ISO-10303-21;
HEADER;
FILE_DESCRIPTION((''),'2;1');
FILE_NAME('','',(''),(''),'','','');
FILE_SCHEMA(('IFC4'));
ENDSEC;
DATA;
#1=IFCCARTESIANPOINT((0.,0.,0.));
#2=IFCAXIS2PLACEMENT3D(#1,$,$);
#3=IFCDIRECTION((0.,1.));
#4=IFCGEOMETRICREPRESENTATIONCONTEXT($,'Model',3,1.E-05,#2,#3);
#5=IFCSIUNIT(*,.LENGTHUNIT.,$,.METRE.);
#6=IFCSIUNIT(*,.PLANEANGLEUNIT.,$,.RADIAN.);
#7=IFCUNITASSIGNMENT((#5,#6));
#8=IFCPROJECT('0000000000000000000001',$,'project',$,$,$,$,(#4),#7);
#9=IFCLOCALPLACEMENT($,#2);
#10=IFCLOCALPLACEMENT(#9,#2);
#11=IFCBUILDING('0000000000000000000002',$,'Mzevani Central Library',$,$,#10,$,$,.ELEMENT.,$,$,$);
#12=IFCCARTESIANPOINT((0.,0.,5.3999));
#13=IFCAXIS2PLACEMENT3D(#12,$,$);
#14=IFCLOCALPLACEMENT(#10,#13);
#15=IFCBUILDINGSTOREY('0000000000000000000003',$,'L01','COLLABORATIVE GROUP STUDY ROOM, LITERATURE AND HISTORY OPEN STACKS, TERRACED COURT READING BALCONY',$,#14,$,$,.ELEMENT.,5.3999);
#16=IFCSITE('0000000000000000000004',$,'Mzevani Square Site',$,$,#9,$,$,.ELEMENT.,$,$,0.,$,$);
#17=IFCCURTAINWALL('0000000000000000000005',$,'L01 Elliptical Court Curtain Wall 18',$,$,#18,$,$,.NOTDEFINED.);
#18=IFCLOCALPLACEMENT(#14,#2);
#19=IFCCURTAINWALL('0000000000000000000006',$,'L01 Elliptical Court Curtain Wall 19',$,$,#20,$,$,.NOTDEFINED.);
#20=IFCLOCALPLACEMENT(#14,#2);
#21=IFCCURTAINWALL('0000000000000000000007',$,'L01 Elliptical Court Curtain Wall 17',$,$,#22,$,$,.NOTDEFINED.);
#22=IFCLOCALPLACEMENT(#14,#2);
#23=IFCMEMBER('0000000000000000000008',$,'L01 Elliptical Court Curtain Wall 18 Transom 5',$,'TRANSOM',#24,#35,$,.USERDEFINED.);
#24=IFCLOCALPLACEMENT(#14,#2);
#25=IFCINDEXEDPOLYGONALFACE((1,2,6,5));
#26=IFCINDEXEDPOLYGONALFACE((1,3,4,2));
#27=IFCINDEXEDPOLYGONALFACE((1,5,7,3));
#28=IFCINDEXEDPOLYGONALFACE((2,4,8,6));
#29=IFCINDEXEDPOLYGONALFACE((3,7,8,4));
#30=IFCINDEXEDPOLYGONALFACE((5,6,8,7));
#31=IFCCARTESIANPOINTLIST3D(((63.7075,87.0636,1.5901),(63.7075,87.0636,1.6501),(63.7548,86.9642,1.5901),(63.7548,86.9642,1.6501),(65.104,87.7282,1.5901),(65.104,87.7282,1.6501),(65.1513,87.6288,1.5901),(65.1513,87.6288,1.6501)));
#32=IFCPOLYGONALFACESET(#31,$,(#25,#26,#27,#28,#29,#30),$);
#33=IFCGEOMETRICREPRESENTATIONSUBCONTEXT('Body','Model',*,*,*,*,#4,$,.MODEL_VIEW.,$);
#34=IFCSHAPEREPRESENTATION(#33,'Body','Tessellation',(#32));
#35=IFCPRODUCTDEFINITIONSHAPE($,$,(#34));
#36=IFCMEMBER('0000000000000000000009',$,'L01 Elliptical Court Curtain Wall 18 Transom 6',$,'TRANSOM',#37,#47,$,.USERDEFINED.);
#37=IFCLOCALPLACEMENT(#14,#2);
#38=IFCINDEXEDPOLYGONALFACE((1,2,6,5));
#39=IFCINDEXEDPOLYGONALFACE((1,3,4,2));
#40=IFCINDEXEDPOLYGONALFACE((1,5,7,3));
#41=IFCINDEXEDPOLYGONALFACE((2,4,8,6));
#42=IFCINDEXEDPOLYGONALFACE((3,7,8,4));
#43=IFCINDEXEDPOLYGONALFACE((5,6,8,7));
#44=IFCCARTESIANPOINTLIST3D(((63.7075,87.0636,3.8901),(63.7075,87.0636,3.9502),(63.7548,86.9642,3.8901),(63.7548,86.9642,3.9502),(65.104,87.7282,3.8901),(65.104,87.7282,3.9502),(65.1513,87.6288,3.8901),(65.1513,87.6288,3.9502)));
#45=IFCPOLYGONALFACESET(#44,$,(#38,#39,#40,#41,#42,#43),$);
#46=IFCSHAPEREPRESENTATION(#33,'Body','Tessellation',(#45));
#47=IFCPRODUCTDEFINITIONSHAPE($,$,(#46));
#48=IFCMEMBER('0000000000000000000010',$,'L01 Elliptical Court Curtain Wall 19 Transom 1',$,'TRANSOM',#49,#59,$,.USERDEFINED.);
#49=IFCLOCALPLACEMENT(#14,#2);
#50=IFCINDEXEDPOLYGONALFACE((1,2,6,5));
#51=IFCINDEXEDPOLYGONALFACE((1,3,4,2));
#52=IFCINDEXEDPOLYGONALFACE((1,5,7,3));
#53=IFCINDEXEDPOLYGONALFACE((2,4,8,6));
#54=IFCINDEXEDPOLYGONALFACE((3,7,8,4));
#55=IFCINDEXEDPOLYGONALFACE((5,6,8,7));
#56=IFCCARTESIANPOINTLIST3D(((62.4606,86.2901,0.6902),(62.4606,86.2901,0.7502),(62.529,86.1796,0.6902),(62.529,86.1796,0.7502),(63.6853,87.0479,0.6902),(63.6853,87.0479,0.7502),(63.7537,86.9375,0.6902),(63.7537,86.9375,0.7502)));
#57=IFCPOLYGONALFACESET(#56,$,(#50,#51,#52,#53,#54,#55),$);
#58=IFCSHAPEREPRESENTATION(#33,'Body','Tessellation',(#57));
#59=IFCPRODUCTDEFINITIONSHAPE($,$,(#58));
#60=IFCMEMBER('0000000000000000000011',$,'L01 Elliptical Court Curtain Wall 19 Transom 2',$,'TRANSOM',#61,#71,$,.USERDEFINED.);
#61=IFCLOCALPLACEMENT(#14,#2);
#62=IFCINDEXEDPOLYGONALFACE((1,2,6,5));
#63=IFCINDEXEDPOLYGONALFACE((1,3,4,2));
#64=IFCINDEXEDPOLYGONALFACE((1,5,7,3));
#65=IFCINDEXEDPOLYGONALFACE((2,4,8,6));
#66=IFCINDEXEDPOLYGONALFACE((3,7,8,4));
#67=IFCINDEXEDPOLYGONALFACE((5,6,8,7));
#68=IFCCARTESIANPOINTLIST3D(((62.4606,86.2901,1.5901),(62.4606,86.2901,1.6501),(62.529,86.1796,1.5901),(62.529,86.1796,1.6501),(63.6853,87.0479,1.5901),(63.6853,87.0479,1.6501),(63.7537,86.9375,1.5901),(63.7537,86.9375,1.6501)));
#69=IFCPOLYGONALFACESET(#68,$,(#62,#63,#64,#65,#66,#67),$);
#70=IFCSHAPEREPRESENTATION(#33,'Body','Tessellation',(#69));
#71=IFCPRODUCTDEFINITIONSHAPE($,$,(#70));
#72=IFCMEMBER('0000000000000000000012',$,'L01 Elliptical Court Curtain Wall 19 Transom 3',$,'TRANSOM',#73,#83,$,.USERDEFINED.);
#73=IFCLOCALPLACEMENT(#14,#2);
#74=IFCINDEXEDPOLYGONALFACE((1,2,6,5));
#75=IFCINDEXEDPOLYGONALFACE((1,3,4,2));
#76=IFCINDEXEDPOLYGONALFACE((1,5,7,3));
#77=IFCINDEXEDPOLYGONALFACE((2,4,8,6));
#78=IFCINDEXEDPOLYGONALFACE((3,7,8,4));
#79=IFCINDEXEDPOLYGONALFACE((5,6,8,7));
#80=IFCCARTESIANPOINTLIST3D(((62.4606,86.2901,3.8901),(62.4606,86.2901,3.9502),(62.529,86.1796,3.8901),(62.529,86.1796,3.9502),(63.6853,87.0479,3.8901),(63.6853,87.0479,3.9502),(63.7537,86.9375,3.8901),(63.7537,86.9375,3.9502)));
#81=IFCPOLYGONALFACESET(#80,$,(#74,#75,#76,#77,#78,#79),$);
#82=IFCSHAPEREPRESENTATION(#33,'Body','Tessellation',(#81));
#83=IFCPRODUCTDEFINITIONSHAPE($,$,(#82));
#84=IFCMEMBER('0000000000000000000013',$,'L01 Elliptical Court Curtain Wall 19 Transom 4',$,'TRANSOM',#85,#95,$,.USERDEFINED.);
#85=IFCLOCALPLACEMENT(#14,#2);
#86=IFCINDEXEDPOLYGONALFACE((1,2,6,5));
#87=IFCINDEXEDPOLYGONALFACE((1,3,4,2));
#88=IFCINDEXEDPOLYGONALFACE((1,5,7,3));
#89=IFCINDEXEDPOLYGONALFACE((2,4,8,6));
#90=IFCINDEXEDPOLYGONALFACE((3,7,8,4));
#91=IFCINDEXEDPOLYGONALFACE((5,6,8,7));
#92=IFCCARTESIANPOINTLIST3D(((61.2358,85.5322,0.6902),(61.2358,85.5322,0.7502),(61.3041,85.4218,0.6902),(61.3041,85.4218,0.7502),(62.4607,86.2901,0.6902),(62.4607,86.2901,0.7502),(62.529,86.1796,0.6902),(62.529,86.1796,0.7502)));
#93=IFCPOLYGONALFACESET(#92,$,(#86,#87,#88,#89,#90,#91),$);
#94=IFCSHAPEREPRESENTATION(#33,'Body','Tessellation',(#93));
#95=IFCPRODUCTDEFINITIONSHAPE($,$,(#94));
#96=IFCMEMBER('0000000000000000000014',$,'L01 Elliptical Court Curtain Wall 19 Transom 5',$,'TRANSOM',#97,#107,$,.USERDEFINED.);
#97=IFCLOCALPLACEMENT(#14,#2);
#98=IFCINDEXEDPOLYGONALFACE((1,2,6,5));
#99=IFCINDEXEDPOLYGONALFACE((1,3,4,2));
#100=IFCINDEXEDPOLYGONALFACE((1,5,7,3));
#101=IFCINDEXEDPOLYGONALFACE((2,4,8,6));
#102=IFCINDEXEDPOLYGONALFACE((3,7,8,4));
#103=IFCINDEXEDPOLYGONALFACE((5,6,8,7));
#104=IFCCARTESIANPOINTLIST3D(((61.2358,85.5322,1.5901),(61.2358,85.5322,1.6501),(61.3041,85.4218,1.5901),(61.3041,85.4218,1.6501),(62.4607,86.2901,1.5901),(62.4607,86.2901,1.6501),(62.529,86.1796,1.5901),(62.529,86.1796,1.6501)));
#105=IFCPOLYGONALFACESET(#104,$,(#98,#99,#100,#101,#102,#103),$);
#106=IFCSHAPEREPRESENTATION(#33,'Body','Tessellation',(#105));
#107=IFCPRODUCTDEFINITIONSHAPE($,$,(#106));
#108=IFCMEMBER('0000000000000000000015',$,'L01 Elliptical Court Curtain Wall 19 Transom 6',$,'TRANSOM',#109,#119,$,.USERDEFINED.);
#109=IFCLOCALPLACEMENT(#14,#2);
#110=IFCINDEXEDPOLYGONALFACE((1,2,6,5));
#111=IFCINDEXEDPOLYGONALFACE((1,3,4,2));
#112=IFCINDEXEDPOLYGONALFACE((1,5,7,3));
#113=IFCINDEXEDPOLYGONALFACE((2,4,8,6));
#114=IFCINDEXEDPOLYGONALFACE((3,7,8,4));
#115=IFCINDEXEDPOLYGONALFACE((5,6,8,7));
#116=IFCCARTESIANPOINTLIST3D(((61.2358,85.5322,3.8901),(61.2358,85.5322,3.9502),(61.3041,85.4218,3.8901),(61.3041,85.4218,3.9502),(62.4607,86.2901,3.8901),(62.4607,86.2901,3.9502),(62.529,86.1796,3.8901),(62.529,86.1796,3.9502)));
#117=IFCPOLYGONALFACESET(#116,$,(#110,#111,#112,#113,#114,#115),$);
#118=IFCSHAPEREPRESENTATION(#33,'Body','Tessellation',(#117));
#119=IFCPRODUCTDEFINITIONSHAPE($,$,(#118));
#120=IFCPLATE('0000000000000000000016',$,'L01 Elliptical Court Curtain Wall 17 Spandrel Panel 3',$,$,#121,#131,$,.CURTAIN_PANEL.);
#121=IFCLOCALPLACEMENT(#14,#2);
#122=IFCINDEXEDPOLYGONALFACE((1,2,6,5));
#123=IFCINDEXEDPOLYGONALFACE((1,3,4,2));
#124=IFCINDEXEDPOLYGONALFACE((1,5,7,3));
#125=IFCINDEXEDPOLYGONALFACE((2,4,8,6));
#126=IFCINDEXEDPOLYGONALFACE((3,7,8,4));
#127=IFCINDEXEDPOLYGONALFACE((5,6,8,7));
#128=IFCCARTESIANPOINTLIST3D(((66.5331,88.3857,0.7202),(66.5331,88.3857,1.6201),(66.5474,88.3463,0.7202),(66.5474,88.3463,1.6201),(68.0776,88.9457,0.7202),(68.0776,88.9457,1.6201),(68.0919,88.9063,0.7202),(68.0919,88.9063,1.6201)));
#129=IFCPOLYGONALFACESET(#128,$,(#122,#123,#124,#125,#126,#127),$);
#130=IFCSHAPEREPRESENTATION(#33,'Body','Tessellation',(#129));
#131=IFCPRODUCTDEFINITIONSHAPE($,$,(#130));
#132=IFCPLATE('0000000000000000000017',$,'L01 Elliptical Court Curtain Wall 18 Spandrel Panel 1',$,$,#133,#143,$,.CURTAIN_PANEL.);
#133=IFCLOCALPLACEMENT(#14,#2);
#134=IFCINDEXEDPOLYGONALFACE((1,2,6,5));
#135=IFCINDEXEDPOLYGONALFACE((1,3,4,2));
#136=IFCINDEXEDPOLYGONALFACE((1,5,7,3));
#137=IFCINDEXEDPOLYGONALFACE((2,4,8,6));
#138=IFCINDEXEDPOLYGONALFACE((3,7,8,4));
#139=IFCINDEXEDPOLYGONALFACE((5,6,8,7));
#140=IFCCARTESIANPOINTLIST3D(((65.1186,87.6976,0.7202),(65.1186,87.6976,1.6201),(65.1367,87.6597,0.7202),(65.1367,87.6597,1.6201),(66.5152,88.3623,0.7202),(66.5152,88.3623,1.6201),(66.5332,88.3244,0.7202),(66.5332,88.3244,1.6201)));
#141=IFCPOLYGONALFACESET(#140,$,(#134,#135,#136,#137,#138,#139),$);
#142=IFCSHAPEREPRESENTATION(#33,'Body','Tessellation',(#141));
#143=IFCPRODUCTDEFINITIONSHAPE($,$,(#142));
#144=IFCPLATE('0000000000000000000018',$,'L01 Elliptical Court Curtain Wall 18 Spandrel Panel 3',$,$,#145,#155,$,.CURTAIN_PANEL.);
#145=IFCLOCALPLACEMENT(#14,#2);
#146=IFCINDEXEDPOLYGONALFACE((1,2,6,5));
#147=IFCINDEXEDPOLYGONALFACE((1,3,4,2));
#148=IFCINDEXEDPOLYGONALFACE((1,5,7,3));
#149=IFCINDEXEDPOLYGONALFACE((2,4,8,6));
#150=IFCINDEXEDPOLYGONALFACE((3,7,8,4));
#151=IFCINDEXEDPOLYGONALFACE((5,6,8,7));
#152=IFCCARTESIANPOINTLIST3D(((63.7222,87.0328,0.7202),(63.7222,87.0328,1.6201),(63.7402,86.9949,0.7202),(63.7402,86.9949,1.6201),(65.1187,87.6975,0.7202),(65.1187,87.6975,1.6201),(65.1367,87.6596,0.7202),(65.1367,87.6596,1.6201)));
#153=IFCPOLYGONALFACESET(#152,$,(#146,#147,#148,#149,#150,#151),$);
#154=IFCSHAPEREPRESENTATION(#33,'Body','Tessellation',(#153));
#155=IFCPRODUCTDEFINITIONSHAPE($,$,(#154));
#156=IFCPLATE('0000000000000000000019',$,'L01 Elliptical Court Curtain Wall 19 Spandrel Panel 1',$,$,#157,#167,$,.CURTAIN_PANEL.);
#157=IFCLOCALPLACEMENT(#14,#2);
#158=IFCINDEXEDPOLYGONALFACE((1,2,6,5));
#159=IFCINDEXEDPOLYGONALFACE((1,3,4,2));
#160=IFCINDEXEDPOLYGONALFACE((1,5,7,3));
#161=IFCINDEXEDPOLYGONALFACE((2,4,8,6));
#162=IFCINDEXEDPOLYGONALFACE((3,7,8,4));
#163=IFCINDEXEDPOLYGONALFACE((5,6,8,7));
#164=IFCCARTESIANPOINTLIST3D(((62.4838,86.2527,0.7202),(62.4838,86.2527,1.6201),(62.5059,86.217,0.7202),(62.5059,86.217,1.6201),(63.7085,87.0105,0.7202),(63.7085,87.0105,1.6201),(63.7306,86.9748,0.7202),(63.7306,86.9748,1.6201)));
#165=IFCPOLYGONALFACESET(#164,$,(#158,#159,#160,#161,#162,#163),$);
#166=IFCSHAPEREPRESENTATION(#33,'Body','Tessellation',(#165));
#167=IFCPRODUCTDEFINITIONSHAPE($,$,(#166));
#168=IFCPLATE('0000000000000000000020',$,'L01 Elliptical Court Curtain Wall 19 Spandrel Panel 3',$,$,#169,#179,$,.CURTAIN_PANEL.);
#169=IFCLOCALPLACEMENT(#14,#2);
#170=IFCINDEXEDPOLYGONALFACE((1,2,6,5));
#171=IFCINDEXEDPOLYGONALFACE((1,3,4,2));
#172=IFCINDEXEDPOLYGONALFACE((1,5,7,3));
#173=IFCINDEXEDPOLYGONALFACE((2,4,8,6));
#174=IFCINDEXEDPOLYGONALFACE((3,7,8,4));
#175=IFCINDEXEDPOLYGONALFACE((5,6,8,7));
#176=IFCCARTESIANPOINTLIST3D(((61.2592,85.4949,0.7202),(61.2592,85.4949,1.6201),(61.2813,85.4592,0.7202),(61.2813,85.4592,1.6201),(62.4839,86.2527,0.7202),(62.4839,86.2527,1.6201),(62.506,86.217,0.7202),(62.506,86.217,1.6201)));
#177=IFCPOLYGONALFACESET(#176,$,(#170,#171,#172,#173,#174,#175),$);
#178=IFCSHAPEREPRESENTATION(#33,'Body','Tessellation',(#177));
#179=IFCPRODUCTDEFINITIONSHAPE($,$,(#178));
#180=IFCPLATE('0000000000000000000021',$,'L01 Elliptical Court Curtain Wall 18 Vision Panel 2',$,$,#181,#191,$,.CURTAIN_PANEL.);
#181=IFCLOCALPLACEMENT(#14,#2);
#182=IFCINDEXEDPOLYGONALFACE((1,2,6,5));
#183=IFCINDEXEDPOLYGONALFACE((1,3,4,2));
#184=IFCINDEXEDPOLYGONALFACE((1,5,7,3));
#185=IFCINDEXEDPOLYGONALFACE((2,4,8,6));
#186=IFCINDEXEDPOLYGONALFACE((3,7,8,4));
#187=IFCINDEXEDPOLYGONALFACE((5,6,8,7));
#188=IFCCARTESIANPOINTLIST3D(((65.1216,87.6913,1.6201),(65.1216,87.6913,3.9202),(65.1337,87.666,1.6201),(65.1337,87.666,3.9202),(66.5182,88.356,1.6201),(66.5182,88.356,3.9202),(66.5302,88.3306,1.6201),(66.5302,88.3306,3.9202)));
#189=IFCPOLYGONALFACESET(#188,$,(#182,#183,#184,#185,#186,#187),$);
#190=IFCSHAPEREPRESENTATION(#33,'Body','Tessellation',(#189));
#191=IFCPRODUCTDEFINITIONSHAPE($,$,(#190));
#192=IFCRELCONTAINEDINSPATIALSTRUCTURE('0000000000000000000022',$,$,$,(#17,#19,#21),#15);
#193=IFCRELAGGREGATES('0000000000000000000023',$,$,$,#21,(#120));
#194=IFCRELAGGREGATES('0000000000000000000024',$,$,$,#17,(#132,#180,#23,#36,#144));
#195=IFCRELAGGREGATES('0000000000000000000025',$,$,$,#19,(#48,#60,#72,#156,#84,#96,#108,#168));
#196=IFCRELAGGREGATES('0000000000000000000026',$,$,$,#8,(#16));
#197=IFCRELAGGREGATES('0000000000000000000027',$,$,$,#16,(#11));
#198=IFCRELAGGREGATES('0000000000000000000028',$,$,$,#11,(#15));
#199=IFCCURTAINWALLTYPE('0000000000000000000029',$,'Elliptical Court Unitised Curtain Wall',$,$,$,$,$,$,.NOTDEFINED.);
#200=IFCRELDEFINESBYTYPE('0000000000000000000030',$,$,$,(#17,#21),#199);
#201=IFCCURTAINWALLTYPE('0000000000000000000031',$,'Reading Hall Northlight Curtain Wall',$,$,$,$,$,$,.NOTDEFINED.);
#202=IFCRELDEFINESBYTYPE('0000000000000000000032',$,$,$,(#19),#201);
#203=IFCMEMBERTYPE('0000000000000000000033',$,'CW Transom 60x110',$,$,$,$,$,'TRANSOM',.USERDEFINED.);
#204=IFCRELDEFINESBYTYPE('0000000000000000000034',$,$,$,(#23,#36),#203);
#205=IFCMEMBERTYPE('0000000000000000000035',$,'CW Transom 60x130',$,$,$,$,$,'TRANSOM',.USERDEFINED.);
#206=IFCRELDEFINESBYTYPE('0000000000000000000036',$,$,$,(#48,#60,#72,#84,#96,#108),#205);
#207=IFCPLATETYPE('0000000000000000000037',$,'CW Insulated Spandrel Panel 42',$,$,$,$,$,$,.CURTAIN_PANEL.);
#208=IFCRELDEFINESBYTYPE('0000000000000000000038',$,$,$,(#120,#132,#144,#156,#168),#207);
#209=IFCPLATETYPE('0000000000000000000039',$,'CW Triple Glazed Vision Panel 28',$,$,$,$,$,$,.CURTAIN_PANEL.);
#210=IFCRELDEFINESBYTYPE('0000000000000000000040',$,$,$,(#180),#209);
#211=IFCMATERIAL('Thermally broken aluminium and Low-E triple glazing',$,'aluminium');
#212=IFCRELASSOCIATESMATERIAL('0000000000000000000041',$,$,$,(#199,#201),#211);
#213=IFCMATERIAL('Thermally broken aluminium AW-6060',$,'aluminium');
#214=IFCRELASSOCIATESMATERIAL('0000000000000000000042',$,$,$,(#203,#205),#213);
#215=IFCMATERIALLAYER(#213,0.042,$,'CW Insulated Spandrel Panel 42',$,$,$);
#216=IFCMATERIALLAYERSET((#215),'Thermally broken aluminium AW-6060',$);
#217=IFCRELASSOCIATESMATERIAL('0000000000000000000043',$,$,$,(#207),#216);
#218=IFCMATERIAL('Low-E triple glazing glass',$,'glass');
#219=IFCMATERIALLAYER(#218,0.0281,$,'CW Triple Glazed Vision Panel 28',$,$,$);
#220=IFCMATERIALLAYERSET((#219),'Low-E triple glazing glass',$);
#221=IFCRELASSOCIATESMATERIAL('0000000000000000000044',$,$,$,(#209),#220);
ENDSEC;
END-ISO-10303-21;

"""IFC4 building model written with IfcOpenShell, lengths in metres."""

from ifc_helpers import new_model, si_unit, direction, frame, origin, origin_2d, place, context, subcontext, project, spatial, rectangle, extrude, material, layer, layer_set, material_profile, profile_set, type_object, element, aggregate, save


model = new_model("IFC4")

# Units and contexts
model_context = context("Model", 3, precision=1e-05, world=origin(), true_north=direction((0.0, 1.0)))
body_context = subcontext(model_context, "Body", "Model", "MODEL_VIEW")
ifc_project = project(units=[si_unit("LENGTHUNIT", "METRE"), si_unit("PLANEANGLEUNIT", "RADIAN")], contexts=[model_context])

# Site, building, storey
site_placement = place(None, origin())
site = spatial("IfcSite", under=ifc_project, at=site_placement, Name="Mzevani Square Site", CompositionType="ELEMENT", RefElevation=0.0)
building_placement = place(site_placement, origin())
building = spatial("IfcBuilding", under=site, at=building_placement, Name="Mzevani Central Library", CompositionType="ELEMENT")
storey_placement = place(building_placement, frame((0.0, 0.0, 5.3999)))
storey = spatial("IfcBuildingStorey", under=building, at=storey_placement, Name="L01", Description="COLLABORATIVE GROUP STUDY ROOM, LITERATURE AND HISTORY OPEN STACKS, TERRACED COURT READING BALCONY", CompositionType="ELEMENT", Elevation=5.3999)

# Curtain walls
ifc_material_1 = material(Name="Thermally broken aluminium and Low-E triple glazing", Category="aluminium")
curtain_wall_type_1 = type_object("IfcCurtainWallType", Name="Elliptical Court Unitised Curtain Wall", PredefinedType="NOTDEFINED", material=ifc_material_1)
curtain_wall_1_placement = place(storey_placement, origin())
curtain_wall_1 = element("IfcCurtainWall", 1, at=curtain_wall_1_placement, inside=storey, type_object=curtain_wall_type_1, Name="L01 Elliptical Court Curtain Wall 18", PredefinedType="NOTDEFINED")
ifc_material_2 = material(Name="Thermally broken aluminium AW-6060", Category="aluminium")
curtain_wall_type_2 = type_object("IfcCurtainWallType", Name="Reading Hall Northlight Curtain Wall", PredefinedType="NOTDEFINED", material=ifc_material_1)
curtain_wall_2_placement = place(storey_placement, origin())
curtain_wall_2 = element("IfcCurtainWall", 2, at=curtain_wall_2_placement, inside=storey, type_object=curtain_wall_type_2, Name="L01 Elliptical Court Curtain Wall 19", PredefinedType="NOTDEFINED")

# Curtain wall
curtain_wall_3_placement = place(storey_placement, origin())
curtain_wall_3 = element("IfcCurtainWall", 3, at=curtain_wall_3_placement, inside=storey, type_object=curtain_wall_type_1, Name="L01 Elliptical Court Curtain Wall 17", PredefinedType="NOTDEFINED")

# Members
ifc_material_profile_1 = material_profile(ifc_material_2, rectangle(XDim=0.1101, YDim=0.0601, at=origin_2d()), Name="ALU T60x110")
ifc_profile_set_1 = profile_set([ifc_material_profile_1], Name="Thermally broken aluminium AW-6060")
member_type_1 = type_object("IfcMemberType", Name="CW Transom 60x110", ElementType="TRANSOM", PredefinedType="USERDEFINED", material=ifc_profile_set_1)
member_1_placement = place(storey_placement, frame((65.1277, 87.6785, 1.6201), z_axis=(-0.902971, -0.429701, 0.0), x_axis=(0.429701, -0.902971, 0.0)))
member_1 = element("IfcMember", 4, at=member_1_placement, type_object=member_type_1, Name="L01 Elliptical Court Curtain Wall 18 Transom 5", ObjectType="TRANSOM", PredefinedType="USERDEFINED", context=body_context, shape_type="SweptSolid", body=[
    extrude(rectangle(XDim=0.1101, YDim=0.0601, at=origin_2d()), origin(), (0.0, 0.0, 1.0), 1.5466),
])
member_2_placement = place(storey_placement, frame((65.1277, 87.6785, 3.9202), z_axis=(-0.902971, -0.429701, 0.0), x_axis=(0.429701, -0.902971, 0.0)))
member_2 = element("IfcMember", 5, at=member_2_placement, type_object=member_type_1, Name="L01 Elliptical Court Curtain Wall 18 Transom 6", ObjectType="TRANSOM", PredefinedType="USERDEFINED", context=body_context, shape_type="SweptSolid", body=[
    extrude(rectangle(XDim=0.1101, YDim=0.0601, at=origin_2d()), origin(), (0.0, 0.0, 1.0), 1.5466),
])
ifc_material_profile_2 = material_profile(ifc_material_2, rectangle(XDim=0.1299, YDim=0.0601, at=origin_2d()), Name="ALU T60x130")
ifc_profile_set_2 = profile_set([ifc_material_profile_2], Name="Thermally broken aluminium AW-6060")
member_type_2 = type_object("IfcMemberType", Name="CW Transom 60x130", ElementType="TRANSOM", PredefinedType="USERDEFINED", material=ifc_profile_set_2)
member_3_placement = place(storey_placement, frame((63.7195, 86.9927, 0.7202), z_axis=(-0.850352, -0.526215, 0.0), x_axis=(0.526215, -0.850352, 0.0)))
member_3 = element("IfcMember", 6, at=member_3_placement, type_object=member_type_2, Name="L01 Elliptical Court Curtain Wall 19 Transom 1", ObjectType="TRANSOM", PredefinedType="USERDEFINED", context=body_context, shape_type="SweptSolid", body=[
    extrude(rectangle(XDim=0.1299, YDim=0.0601, at=origin_2d()), origin(), (0.0, 0.0, 1.0), 1.4402),
])
member_4_placement = place(storey_placement, frame((63.7195, 86.9927, 1.6201), z_axis=(-0.850352, -0.526215, 0.0), x_axis=(0.526215, -0.850352, 0.0)))
member_4 = element("IfcMember", 7, at=member_4_placement, type_object=member_type_2, Name="L01 Elliptical Court Curtain Wall 19 Transom 2", ObjectType="TRANSOM", PredefinedType="USERDEFINED", context=body_context, shape_type="SweptSolid", body=[
    extrude(rectangle(XDim=0.1299, YDim=0.0601, at=origin_2d()), origin(), (0.0, 0.0, 1.0), 1.4402),
])
member_5_placement = place(storey_placement, frame((63.7195, 86.9927, 3.9202), z_axis=(-0.850352, -0.526215, 0.0), x_axis=(0.526215, -0.850352, 0.0)))
member_5 = element("IfcMember", 8, at=member_5_placement, type_object=member_type_2, Name="L01 Elliptical Court Curtain Wall 19 Transom 3", ObjectType="TRANSOM", PredefinedType="USERDEFINED", context=body_context, shape_type="SweptSolid", body=[
    extrude(rectangle(XDim=0.1299, YDim=0.0601, at=origin_2d()), origin(), (0.0, 0.0, 1.0), 1.4402),
])
member_6_placement = place(storey_placement, frame((62.4949, 86.2349, 0.7202), z_axis=(-0.850399, -0.526139, 0.0), x_axis=(0.526139, -0.850399, 0.0)))
member_6 = element("IfcMember", 9, at=member_6_placement, type_object=member_type_2, Name="L01 Elliptical Court Curtain Wall 19 Transom 4", ObjectType="TRANSOM", PredefinedType="USERDEFINED", context=body_context, shape_type="SweptSolid", body=[
    extrude(rectangle(XDim=0.1299, YDim=0.0601, at=origin_2d()), origin(), (0.0, 0.0, 1.0), 1.4404),
])
member_7_placement = place(storey_placement, frame((62.4949, 86.2349, 1.6201), z_axis=(-0.850399, -0.526139, 0.0), x_axis=(0.526139, -0.850399, 0.0)))
member_7 = element("IfcMember", 10, at=member_7_placement, type_object=member_type_2, Name="L01 Elliptical Court Curtain Wall 19 Transom 5", ObjectType="TRANSOM", PredefinedType="USERDEFINED", context=body_context, shape_type="SweptSolid", body=[
    extrude(rectangle(XDim=0.1299, YDim=0.0601, at=origin_2d()), origin(), (0.0, 0.0, 1.0), 1.4404),
])
member_8_placement = place(storey_placement, frame((62.4949, 86.2349, 3.9202), z_axis=(-0.850399, -0.526139, 0.0), x_axis=(0.526139, -0.850399, 0.0)))
member_8 = element("IfcMember", 11, at=member_8_placement, type_object=member_type_2, Name="L01 Elliptical Court Curtain Wall 19 Transom 6", ObjectType="TRANSOM", PredefinedType="USERDEFINED", context=body_context, shape_type="SweptSolid", body=[
    extrude(rectangle(XDim=0.1299, YDim=0.0601, at=origin_2d()), origin(), (0.0, 0.0, 1.0), 1.4404),
])

# Plates
ifc_layer_1 = layer(ifc_material_2, 0.042, Name="CW Insulated Spandrel Panel 42")
ifc_layer_set_1 = layer_set([ifc_layer_1], Name="Thermally broken aluminium AW-6060")
plate_type_1 = type_object("IfcPlateType", Name="CW Insulated Spandrel Panel 42", PredefinedType="CURTAIN_PANEL", material=ifc_layer_set_1)
plate_1_placement = place(storey_placement, frame((67.3125, 88.646, 0.7202), z_axis=(0.0, 0.0, 1.0), x_axis=(-0.940106, -0.340883, 0.0)))
plate_1 = element("IfcPlate", 12, at=plate_1_placement, type_object=plate_type_1, Name="L01 Elliptical Court Curtain Wall 17 Spandrel Panel 3", PredefinedType="CURTAIN_PANEL", context=body_context, shape_type="SweptSolid", body=[
    extrude(rectangle(XDim=1.6428, YDim=0.042, at=origin_2d()), origin(), (0.0, 0.0, 1.0), 0.8999),
])
aggregate(curtain_wall_3, [plate_1])
plate_2_placement = place(storey_placement, frame((65.8259, 88.011, 0.7202), z_axis=(0.0, 0.0, 1.0), x_axis=(-0.902949, -0.429748, 0.0)))
plate_2 = element("IfcPlate", 13, at=plate_2_placement, type_object=plate_type_1, Name="L01 Elliptical Court Curtain Wall 18 Spandrel Panel 1", PredefinedType="CURTAIN_PANEL", context=body_context, shape_type="SweptSolid", body=[
    extrude(rectangle(XDim=1.5466, YDim=0.042, at=origin_2d()), origin(), (0.0, 0.0, 1.0), 0.8999),
])
plate_3_placement = place(storey_placement, frame((64.4294, 87.3462, 0.7202), z_axis=(0.0, 0.0, 1.0), x_axis=(-0.902949, -0.429748, 0.0)))
plate_3 = element("IfcPlate", 14, at=plate_3_placement, type_object=plate_type_1, Name="L01 Elliptical Court Curtain Wall 18 Spandrel Panel 3", PredefinedType="CURTAIN_PANEL", context=body_context, shape_type="SweptSolid", body=[
    extrude(rectangle(XDim=1.5466, YDim=0.042, at=origin_2d()), origin(), (0.0, 0.0, 1.0), 0.8999),
])
plate_4_placement = place(storey_placement, frame((63.1072, 86.6138, 0.7202), z_axis=(0.0, 0.0, 1.0), x_axis=(-0.850358, -0.526205, 0.0)))
plate_4 = element("IfcPlate", 15, at=plate_4_placement, type_object=plate_type_1, Name="L01 Elliptical Court Curtain Wall 19 Spandrel Panel 1", PredefinedType="CURTAIN_PANEL", context=body_context, shape_type="SweptSolid", body=[
    extrude(rectangle(XDim=1.4402, YDim=0.042, at=origin_2d()), origin(), (0.0, 0.0, 1.0), 0.8999),
])
plate_5_placement = place(storey_placement, frame((61.8826, 85.856, 0.7202), z_axis=(0.0, 0.0, 1.0), x_axis=(-0.850358, -0.526205, 0.0)))
plate_5 = element("IfcPlate", 16, at=plate_5_placement, type_object=plate_type_1, Name="L01 Elliptical Court Curtain Wall 19 Spandrel Panel 3", PredefinedType="CURTAIN_PANEL", context=body_context, shape_type="SweptSolid", body=[
    extrude(rectangle(XDim=1.4402, YDim=0.042, at=origin_2d()), origin(), (0.0, 0.0, 1.0), 0.8999),
])
ifc_material_3 = material(Name="Low-E triple glazing glass", Category="glass")
ifc_layer_2 = layer(ifc_material_3, 0.0281, Name="CW Triple Glazed Vision Panel 28")
ifc_layer_set_2 = layer_set([ifc_layer_2], Name="Low-E triple glazing glass")
plate_type_2 = type_object("IfcPlateType", Name="CW Triple Glazed Vision Panel 28", PredefinedType="CURTAIN_PANEL", material=ifc_layer_set_2)
plate_6_placement = place(storey_placement, frame((65.8259, 88.011, 1.6201), z_axis=(0.0, 0.0, 1.0), x_axis=(-0.902949, -0.429748, 0.0)))
plate_6 = element("IfcPlate", 17, at=plate_6_placement, type_object=plate_type_2, Name="L01 Elliptical Court Curtain Wall 18 Vision Panel 2", PredefinedType="CURTAIN_PANEL", context=body_context, shape_type="SweptSolid", body=[
    extrude(rectangle(XDim=1.5466, YDim=0.0281, at=origin_2d()), origin(), (0.0, 0.0, 1.0), 2.3),
])
aggregate(curtain_wall_1, [plate_2, plate_6, member_1, member_2, plate_3])
aggregate(curtain_wall_2, [member_3, member_4, member_5, plate_4, member_6, member_7, member_8, plate_5])

save(model, "model.ifc")
